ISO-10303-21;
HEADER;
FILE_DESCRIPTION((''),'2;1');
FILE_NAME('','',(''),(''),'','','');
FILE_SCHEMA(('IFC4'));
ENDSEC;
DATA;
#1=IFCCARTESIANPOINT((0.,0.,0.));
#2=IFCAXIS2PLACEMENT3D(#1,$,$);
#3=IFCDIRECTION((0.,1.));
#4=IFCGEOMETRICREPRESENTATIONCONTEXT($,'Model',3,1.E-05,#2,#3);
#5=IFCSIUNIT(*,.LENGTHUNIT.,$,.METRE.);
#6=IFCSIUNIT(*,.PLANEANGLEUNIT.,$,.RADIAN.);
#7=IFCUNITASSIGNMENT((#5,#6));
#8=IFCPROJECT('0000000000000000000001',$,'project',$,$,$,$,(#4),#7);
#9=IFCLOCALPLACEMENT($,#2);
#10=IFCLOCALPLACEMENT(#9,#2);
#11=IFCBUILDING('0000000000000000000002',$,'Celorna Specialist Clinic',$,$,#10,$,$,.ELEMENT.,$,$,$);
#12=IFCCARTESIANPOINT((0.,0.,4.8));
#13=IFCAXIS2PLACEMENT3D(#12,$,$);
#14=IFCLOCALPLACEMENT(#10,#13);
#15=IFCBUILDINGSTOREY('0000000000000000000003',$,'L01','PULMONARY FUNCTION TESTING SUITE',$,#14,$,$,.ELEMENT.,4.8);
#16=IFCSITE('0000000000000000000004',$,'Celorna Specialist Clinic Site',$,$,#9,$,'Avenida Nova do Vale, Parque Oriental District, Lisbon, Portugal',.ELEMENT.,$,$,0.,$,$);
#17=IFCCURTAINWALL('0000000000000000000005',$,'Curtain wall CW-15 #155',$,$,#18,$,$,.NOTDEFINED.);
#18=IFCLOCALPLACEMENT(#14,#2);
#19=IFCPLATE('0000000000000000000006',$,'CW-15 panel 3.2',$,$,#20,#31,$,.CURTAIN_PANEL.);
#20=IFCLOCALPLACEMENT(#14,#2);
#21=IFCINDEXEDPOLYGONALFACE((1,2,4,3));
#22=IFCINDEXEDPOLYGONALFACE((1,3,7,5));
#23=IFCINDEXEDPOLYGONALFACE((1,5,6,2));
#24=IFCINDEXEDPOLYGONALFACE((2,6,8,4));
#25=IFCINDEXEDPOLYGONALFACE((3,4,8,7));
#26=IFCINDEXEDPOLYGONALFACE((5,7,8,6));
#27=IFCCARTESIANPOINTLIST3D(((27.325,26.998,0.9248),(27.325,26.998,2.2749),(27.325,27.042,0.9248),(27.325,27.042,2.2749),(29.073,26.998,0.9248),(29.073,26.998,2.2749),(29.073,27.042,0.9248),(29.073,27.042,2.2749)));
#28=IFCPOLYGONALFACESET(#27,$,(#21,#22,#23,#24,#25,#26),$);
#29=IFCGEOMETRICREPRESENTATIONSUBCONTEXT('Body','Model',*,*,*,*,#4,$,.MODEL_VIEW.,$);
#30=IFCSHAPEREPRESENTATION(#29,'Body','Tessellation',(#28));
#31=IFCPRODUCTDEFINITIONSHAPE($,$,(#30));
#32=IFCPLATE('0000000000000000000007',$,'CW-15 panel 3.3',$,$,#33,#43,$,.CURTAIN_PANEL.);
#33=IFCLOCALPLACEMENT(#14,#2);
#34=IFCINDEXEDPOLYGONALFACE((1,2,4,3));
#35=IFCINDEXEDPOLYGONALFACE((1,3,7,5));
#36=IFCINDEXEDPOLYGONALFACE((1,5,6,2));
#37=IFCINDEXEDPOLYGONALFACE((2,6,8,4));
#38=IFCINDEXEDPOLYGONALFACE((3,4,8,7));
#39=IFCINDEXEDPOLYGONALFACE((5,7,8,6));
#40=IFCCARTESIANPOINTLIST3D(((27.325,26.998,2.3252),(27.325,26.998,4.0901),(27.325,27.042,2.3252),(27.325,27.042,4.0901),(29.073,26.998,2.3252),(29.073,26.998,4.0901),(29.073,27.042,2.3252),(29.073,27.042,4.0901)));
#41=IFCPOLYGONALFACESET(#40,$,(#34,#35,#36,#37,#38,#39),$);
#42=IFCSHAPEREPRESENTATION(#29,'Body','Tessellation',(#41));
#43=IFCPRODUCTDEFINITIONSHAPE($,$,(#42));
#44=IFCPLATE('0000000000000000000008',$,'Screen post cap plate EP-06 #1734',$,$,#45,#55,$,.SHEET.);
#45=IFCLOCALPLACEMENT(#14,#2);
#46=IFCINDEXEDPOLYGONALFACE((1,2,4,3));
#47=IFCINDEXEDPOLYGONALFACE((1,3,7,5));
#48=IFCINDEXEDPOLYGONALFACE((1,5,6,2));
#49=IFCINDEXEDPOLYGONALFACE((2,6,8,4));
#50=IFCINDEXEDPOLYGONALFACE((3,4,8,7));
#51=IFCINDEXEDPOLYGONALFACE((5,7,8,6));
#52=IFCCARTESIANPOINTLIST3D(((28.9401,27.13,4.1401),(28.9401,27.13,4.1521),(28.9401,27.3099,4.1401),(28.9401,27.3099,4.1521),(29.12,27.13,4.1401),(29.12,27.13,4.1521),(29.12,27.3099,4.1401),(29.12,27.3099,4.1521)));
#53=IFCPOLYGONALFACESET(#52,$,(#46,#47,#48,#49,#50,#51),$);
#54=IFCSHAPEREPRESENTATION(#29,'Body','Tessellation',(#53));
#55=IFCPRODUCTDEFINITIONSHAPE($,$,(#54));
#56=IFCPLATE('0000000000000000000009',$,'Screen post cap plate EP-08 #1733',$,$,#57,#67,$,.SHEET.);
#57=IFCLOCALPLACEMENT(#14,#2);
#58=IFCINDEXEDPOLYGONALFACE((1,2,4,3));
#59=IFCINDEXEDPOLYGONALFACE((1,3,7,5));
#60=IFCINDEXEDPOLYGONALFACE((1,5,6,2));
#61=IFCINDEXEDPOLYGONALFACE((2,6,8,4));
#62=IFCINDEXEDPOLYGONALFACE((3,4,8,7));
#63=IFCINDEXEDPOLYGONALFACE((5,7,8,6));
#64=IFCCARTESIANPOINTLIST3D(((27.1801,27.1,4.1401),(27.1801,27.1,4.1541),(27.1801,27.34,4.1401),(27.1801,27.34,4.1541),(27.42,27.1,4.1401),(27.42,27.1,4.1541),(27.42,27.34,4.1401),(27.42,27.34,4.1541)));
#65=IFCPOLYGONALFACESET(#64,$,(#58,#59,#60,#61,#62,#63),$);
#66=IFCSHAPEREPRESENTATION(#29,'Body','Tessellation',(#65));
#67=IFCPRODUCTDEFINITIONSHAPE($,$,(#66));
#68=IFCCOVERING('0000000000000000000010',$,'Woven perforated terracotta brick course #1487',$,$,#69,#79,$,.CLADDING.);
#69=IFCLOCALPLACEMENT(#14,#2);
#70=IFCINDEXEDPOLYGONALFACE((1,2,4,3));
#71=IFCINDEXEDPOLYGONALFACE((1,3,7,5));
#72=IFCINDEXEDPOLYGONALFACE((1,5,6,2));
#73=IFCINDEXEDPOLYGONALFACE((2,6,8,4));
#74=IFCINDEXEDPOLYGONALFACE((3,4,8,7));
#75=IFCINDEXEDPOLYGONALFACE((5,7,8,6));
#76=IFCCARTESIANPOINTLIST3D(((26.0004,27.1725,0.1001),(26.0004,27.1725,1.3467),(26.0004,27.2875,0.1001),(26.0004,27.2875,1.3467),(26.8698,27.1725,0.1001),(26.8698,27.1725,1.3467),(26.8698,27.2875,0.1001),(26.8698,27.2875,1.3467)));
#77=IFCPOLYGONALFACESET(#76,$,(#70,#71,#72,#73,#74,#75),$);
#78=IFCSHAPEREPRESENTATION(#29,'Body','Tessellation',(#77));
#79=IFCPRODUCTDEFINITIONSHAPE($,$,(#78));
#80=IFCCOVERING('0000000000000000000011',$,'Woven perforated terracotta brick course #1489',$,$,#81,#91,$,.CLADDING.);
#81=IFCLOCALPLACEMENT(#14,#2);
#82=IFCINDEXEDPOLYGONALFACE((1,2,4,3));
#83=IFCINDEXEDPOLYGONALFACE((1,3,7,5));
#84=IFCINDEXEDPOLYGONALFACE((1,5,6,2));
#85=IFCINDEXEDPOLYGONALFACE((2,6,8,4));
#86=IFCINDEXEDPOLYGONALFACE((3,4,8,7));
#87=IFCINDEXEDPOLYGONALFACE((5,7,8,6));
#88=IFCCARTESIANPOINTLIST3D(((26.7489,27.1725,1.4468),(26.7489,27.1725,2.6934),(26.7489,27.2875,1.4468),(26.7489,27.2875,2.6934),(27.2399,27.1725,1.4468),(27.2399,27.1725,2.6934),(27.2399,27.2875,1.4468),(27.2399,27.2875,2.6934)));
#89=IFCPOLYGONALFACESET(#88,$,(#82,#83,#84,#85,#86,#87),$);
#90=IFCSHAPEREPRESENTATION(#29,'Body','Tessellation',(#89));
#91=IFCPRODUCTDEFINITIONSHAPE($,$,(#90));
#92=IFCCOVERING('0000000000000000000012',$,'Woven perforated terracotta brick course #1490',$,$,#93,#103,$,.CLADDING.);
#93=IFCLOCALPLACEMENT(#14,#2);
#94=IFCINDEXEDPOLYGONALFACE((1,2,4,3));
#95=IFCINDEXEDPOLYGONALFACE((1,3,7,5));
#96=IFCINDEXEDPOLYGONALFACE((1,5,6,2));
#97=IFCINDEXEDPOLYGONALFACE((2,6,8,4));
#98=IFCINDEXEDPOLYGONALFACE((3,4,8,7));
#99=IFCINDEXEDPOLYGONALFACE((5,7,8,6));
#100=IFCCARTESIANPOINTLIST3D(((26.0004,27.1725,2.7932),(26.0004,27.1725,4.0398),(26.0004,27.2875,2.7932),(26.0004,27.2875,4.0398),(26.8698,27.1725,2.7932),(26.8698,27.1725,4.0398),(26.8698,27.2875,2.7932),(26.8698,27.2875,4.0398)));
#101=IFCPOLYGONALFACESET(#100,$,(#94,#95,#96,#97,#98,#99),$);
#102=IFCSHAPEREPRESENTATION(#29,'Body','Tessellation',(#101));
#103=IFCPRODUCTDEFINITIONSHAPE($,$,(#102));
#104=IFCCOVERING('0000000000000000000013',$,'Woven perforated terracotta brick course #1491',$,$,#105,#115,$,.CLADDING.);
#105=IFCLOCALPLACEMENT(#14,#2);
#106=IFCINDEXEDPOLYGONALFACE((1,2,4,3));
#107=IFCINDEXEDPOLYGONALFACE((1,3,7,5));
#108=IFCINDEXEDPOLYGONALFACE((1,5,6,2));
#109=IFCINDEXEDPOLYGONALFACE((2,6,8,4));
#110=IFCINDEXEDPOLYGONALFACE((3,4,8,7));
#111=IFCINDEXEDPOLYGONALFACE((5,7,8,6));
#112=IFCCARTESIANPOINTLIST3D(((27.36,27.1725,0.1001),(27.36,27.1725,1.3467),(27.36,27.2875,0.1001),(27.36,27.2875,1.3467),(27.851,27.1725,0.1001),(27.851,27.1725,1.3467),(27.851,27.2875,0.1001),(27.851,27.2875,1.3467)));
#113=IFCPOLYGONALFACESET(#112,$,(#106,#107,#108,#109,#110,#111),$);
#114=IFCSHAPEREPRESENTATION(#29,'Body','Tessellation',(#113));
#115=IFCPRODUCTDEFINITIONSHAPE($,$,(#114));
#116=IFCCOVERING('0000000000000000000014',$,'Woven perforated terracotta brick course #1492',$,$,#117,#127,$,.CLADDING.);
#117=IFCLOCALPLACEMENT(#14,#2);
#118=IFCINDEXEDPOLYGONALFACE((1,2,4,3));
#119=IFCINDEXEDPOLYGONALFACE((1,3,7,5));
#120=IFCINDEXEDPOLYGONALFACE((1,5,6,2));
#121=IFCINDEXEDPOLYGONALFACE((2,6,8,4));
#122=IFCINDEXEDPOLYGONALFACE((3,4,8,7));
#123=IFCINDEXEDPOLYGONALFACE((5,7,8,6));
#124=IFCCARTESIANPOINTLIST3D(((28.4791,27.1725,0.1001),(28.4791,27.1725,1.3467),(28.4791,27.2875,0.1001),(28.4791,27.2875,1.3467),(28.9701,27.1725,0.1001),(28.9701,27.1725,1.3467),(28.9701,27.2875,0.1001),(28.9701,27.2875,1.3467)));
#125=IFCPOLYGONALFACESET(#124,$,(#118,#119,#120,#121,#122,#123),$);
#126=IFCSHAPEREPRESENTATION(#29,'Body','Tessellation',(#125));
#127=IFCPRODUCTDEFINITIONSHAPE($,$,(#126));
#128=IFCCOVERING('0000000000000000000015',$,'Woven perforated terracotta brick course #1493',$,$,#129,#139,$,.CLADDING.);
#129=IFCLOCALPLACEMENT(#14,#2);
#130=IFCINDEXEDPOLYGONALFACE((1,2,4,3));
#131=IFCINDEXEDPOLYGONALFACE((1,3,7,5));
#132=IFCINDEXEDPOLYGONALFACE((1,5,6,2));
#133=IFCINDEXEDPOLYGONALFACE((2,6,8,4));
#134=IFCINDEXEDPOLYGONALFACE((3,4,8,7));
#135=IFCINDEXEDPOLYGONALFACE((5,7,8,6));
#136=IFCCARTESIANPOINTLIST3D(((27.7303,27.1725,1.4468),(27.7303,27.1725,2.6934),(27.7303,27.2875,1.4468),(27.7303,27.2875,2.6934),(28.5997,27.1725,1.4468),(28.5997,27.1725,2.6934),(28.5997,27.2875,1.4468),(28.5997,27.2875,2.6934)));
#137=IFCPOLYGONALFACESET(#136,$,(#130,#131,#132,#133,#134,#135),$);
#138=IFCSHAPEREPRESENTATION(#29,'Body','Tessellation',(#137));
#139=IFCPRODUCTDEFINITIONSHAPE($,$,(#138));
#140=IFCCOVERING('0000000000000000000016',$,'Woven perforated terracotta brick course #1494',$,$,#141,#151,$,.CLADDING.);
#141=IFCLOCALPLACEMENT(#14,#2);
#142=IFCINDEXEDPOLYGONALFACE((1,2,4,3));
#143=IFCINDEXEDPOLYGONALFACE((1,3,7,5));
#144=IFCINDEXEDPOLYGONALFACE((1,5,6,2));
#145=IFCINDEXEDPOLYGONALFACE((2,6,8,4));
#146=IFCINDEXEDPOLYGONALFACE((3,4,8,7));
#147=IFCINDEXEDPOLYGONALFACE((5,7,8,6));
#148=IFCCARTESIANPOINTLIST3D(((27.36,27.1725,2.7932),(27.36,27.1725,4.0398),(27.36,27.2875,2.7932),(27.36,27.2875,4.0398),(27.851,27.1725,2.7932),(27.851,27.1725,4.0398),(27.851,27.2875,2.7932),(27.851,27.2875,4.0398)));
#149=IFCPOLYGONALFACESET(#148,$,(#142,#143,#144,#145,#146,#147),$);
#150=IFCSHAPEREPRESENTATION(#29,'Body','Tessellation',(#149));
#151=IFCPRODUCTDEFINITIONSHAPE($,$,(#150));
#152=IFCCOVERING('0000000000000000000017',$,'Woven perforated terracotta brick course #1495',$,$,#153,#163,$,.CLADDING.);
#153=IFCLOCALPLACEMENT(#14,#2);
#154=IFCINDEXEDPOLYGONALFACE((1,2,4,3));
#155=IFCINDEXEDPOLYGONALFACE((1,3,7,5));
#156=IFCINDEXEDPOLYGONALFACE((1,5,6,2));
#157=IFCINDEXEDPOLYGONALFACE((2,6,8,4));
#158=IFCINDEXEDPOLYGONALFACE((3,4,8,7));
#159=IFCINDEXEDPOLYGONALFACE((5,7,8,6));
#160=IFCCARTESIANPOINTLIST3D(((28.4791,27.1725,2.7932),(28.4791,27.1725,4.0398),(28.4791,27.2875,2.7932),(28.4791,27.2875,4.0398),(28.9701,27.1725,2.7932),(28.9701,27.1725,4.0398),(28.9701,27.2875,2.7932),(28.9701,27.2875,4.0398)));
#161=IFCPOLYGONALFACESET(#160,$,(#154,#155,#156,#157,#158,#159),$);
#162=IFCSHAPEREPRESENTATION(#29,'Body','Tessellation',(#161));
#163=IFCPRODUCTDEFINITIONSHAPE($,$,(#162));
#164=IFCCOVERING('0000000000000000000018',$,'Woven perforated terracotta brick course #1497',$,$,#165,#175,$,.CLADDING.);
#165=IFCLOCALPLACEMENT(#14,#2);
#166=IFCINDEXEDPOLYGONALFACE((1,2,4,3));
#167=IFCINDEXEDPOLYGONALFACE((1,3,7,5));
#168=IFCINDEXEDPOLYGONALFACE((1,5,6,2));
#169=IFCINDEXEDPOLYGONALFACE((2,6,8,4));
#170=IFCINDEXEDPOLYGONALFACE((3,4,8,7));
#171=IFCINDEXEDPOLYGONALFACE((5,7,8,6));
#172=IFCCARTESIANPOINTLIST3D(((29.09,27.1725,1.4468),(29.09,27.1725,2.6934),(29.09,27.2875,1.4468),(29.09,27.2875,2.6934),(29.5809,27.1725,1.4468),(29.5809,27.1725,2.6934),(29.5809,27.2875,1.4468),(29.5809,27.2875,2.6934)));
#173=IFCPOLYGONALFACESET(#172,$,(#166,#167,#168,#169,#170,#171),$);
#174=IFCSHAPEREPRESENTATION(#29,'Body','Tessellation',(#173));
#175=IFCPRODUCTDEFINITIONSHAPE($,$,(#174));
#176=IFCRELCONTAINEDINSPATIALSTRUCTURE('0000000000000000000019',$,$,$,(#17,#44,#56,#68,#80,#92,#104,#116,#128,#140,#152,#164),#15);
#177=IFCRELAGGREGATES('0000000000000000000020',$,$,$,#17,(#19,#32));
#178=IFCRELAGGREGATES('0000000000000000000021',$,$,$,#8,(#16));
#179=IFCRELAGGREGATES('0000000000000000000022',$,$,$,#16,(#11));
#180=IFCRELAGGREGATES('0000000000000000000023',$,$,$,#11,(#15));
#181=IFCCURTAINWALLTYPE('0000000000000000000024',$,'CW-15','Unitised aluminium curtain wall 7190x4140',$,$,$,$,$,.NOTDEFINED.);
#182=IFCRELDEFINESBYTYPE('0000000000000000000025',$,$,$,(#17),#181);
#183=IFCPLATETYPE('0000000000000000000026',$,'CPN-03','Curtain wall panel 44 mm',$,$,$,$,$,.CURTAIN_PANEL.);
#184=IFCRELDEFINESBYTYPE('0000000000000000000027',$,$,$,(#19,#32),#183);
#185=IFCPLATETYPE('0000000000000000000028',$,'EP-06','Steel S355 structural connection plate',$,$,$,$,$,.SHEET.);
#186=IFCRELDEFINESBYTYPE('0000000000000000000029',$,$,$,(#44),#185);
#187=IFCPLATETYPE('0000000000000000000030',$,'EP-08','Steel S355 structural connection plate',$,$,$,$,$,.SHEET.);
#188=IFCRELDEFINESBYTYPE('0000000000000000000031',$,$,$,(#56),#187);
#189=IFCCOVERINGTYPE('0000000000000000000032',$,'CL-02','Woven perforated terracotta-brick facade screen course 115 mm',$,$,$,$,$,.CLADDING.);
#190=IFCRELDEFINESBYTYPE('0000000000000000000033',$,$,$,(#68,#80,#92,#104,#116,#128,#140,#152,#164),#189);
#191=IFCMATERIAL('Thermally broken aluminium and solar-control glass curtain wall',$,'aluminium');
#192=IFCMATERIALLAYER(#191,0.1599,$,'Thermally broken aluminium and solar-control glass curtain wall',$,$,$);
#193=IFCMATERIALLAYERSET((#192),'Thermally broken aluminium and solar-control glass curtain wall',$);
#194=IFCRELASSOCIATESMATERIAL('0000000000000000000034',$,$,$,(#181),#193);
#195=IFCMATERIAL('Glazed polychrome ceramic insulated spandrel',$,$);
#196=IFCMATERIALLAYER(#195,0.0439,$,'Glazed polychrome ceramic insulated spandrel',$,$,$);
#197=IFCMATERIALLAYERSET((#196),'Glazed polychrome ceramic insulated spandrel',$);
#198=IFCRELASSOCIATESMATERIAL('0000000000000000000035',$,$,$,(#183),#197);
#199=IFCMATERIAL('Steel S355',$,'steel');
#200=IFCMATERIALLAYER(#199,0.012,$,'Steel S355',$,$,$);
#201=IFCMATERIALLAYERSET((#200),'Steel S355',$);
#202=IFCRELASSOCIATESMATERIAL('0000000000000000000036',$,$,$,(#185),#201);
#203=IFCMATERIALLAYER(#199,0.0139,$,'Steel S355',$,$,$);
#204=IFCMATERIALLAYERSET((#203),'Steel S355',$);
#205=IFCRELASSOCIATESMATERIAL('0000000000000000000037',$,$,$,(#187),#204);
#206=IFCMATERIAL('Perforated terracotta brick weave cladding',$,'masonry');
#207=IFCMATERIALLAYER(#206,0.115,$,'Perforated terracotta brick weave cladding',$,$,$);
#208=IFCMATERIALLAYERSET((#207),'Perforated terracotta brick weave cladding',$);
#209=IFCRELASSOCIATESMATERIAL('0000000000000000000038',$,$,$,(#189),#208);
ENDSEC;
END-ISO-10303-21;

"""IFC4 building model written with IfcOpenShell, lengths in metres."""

from ifc_helpers import new_model, si_unit, direction, frame, origin, origin_2d, place, context, subcontext, project, spatial, rectangle, extrude, material, layer, layer_set, type_object, element, aggregate, save


model = new_model("IFC4")

# Units and contexts
model_context = context("Model", 3, precision=1e-05, world=origin(), true_north=direction((0.0, 1.0)))
body_context = subcontext(model_context, "Body", "Model", "MODEL_VIEW")
ifc_project = project(units=[si_unit("LENGTHUNIT", "METRE"), si_unit("PLANEANGLEUNIT", "RADIAN")], contexts=[model_context])

# Site, building, storey
site_placement = place(None, origin())
site = spatial("IfcSite", under=ifc_project, at=site_placement, Name="Celorna Specialist Clinic Site", LongName="Avenida Nova do Vale, Parque Oriental District, Lisbon, Portugal", CompositionType="ELEMENT", RefElevation=0.0)
building_placement = place(site_placement, origin())
building = spatial("IfcBuilding", under=site, at=building_placement, Name="Celorna Specialist Clinic", CompositionType="ELEMENT")
storey_placement = place(building_placement, frame((0.0, 0.0, 4.8)))
storey = spatial("IfcBuildingStorey", under=building, at=storey_placement, Name="L01", Description="PULMONARY FUNCTION TESTING SUITE", CompositionType="ELEMENT", Elevation=4.8)

# Shared definitions
ifc_material_1 = material(Name="Steel S355", Category="steel")

# Curtain wall, plates
ifc_material_2 = material(Name="Thermally broken aluminium and solar-control glass curtain wall", Category="aluminium")
ifc_layer_1 = layer(ifc_material_2, 0.1599, Name="Thermally broken aluminium and solar-control glass curtain wall")
ifc_layer_set_1 = layer_set([ifc_layer_1], Name="Thermally broken aluminium and solar-control glass curtain wall")
curtain_wall_type = type_object("IfcCurtainWallType", Name="CW-15", Description="Unitised aluminium curtain wall 7190x4140", PredefinedType="NOTDEFINED", material=ifc_layer_set_1)
curtain_wall_placement = place(storey_placement, origin())
curtain_wall = element("IfcCurtainWall", 1, at=curtain_wall_placement, inside=storey, type_object=curtain_wall_type, Name="Curtain wall CW-15 #155", PredefinedType="NOTDEFINED")
ifc_material_3 = material(Name="Glazed polychrome ceramic insulated spandrel")
ifc_layer_2 = layer(ifc_material_3, 0.0439, Name="Glazed polychrome ceramic insulated spandrel")
ifc_layer_set_2 = layer_set([ifc_layer_2], Name="Glazed polychrome ceramic insulated spandrel")
plate_type_1 = type_object("IfcPlateType", Name="CPN-03", Description="Curtain wall panel 44 mm", PredefinedType="CURTAIN_PANEL", material=ifc_layer_set_2)
plate_1_placement = place(storey_placement, frame((28.199, 27.02, 0.9248), z_axis=(0.0, 0.0, 1.0), x_axis=(1.0, 0.0, 0.0)))
plate_1 = element("IfcPlate", 2, at=plate_1_placement, type_object=plate_type_1, Name="CW-15 panel 3.2", PredefinedType="CURTAIN_PANEL", context=body_context, shape_type="SweptSolid", body=[
    extrude(rectangle(XDim=1.748, YDim=0.0439, at=origin_2d()), origin(), (0.0, 0.0, 1.0), 1.3501),
])
plate_2_placement = place(storey_placement, frame((28.199, 27.02, 2.3252), z_axis=(0.0, 0.0, 1.0), x_axis=(1.0, 0.0, 0.0)))
plate_2 = element("IfcPlate", 3, at=plate_2_placement, type_object=plate_type_1, Name="CW-15 panel 3.3", PredefinedType="CURTAIN_PANEL", context=body_context, shape_type="SweptSolid", body=[
    extrude(rectangle(XDim=1.748, YDim=0.0439, at=origin_2d()), origin(), (0.0, 0.0, 1.0), 1.7649),
])
aggregate(curtain_wall, [plate_1, plate_2])

# Plates
ifc_layer_3 = layer(ifc_material_1, 0.012, Name="Steel S355")
ifc_layer_set_3 = layer_set([ifc_layer_3], Name="Steel S355")
plate_type_2 = type_object("IfcPlateType", Name="EP-06", Description="Steel S355 structural connection plate", PredefinedType="SHEET", material=ifc_layer_set_3)
plate_3_placement = place(storey_placement, frame((29.03, 27.22, 4.1401), z_axis=(0.0, 0.0, 1.0), x_axis=(1.0, 0.0, 0.0)))
element("IfcPlate", 4, at=plate_3_placement, inside=storey, type_object=plate_type_2, Name="Screen post cap plate EP-06 #1734", PredefinedType="SHEET", context=body_context, shape_type="SweptSolid", body=[
    extrude(rectangle(XDim=0.1799, YDim=0.1799, at=origin_2d()), origin(), (0.0, 0.0, 1.0), 0.012),
])
ifc_layer_4 = layer(ifc_material_1, 0.0139, Name="Steel S355")
ifc_layer_set_4 = layer_set([ifc_layer_4], Name="Steel S355")
plate_type_3 = type_object("IfcPlateType", Name="EP-08", Description="Steel S355 structural connection plate", PredefinedType="SHEET", material=ifc_layer_set_4)
plate_4_placement = place(storey_placement, frame((27.3, 27.22, 4.1401), z_axis=(0.0, 0.0, 1.0), x_axis=(1.0, 0.0, 0.0)))
element("IfcPlate", 5, at=plate_4_placement, inside=storey, type_object=plate_type_3, Name="Screen post cap plate EP-08 #1733", PredefinedType="SHEET", context=body_context, shape_type="SweptSolid", body=[
    extrude(rectangle(XDim=0.24, YDim=0.24, at=origin_2d()), origin(), (0.0, 0.0, 1.0), 0.0139),
])

# Coverings
ifc_material_4 = material(Name="Perforated terracotta brick weave cladding", Category="masonry")
ifc_layer_5 = layer(ifc_material_4, 0.115, Name="Perforated terracotta brick weave cladding")
ifc_layer_set_5 = layer_set([ifc_layer_5], Name="Perforated terracotta brick weave cladding")
covering_type = type_object("IfcCoveringType", Name="CL-02", Description="Woven perforated terracotta-brick facade screen course 115 mm", PredefinedType="CLADDING", material=ifc_layer_set_5)
covering_1_placement = place(storey_placement, frame((26.4351, 27.23, 0.1001), z_axis=(0.0, 0.0, 1.0), x_axis=(1.0, 0.0, 0.0)))
element("IfcCovering", 6, at=covering_1_placement, inside=storey, type_object=covering_type, Name="Woven perforated terracotta brick course #1487", PredefinedType="CLADDING", context=body_context, shape_type="SweptSolid", body=[
    extrude(rectangle(XDim=0.8694, YDim=0.115, at=origin_2d()), origin(), (0.0, 0.0, 1.0), 1.2466),
])
covering_2_placement = place(storey_placement, frame((26.9944, 27.23, 1.4468), z_axis=(0.0, 0.0, 1.0), x_axis=(1.0, 0.0, 0.0)))
element("IfcCovering", 7, at=covering_2_placement, inside=storey, type_object=covering_type, Name="Woven perforated terracotta brick course #1489", PredefinedType="CLADDING", context=body_context, shape_type="SweptSolid", body=[
    extrude(rectangle(XDim=0.491, YDim=0.115, at=origin_2d()), origin(), (0.0, 0.0, 1.0), 1.2466),
])
covering_3_placement = place(storey_placement, frame((26.4351, 27.23, 2.7932), z_axis=(0.0, 0.0, 1.0), x_axis=(1.0, 0.0, 0.0)))
element("IfcCovering", 8, at=covering_3_placement, inside=storey, type_object=covering_type, Name="Woven perforated terracotta brick course #1490", PredefinedType="CLADDING", context=body_context, shape_type="SweptSolid", body=[
    extrude(rectangle(XDim=0.8694, YDim=0.115, at=origin_2d()), origin(), (0.0, 0.0, 1.0), 1.2466),
])
for number, where, z_axis, x_axis, name in (
    (9, (27.6055, 27.23, 0.1001), (0.0, 0.0, 1.0), (1.0, 0.0, 0.0), "Woven perforated terracotta brick course #1491"),
    (10, (28.7246, 27.23, 0.1001), (0.0, 0.0, 1.0), (1.0, 0.0, 0.0), "Woven perforated terracotta brick course #1492"),
):
    element("IfcCovering", number, at=place(storey_placement, frame(where, z_axis=z_axis, x_axis=x_axis)), inside=storey, type_object=covering_type, Name=name, PredefinedType="CLADDING", context=body_context, shape_type="SweptSolid", body=[
        extrude(rectangle(XDim=0.491, YDim=0.115, at=origin_2d()), origin(), (0.0, 0.0, 1.0), 1.2466),
    ])
covering_4_placement = place(storey_placement, frame((28.165, 27.23, 1.4468), z_axis=(0.0, 0.0, 1.0), x_axis=(1.0, 0.0, 0.0)))
element("IfcCovering", 11, at=covering_4_placement, inside=storey, type_object=covering_type, Name="Woven perforated terracotta brick course #1493", PredefinedType="CLADDING", context=body_context, shape_type="SweptSolid", body=[
    extrude(rectangle(XDim=0.8694, YDim=0.115, at=origin_2d()), origin(), (0.0, 0.0, 1.0), 1.2466),
])
for number, where, z_axis, x_axis, name in (
    (12, (27.6055, 27.23, 2.7932), (0.0, 0.0, 1.0), (1.0, 0.0, 0.0), "Woven perforated terracotta brick course #1494"),
    (13, (28.7246, 27.23, 2.7932), (0.0, 0.0, 1.0), (1.0, 0.0, 0.0), "Woven perforated terracotta brick course #1495"),
    (14, (29.3354, 27.23, 1.4468), (0.0, 0.0, 1.0), (1.0, 0.0, 0.0), "Woven perforated terracotta brick course #1497"),
):
    element("IfcCovering", number, at=place(storey_placement, frame(where, z_axis=z_axis, x_axis=x_axis)), inside=storey, type_object=covering_type, Name=name, PredefinedType="CLADDING", context=body_context, shape_type="SweptSolid", body=[
        extrude(rectangle(XDim=0.491, YDim=0.115, at=origin_2d()), origin(), (0.0, 0.0, 1.0), 1.2466),
    ])

save(model, "model.ifc")
